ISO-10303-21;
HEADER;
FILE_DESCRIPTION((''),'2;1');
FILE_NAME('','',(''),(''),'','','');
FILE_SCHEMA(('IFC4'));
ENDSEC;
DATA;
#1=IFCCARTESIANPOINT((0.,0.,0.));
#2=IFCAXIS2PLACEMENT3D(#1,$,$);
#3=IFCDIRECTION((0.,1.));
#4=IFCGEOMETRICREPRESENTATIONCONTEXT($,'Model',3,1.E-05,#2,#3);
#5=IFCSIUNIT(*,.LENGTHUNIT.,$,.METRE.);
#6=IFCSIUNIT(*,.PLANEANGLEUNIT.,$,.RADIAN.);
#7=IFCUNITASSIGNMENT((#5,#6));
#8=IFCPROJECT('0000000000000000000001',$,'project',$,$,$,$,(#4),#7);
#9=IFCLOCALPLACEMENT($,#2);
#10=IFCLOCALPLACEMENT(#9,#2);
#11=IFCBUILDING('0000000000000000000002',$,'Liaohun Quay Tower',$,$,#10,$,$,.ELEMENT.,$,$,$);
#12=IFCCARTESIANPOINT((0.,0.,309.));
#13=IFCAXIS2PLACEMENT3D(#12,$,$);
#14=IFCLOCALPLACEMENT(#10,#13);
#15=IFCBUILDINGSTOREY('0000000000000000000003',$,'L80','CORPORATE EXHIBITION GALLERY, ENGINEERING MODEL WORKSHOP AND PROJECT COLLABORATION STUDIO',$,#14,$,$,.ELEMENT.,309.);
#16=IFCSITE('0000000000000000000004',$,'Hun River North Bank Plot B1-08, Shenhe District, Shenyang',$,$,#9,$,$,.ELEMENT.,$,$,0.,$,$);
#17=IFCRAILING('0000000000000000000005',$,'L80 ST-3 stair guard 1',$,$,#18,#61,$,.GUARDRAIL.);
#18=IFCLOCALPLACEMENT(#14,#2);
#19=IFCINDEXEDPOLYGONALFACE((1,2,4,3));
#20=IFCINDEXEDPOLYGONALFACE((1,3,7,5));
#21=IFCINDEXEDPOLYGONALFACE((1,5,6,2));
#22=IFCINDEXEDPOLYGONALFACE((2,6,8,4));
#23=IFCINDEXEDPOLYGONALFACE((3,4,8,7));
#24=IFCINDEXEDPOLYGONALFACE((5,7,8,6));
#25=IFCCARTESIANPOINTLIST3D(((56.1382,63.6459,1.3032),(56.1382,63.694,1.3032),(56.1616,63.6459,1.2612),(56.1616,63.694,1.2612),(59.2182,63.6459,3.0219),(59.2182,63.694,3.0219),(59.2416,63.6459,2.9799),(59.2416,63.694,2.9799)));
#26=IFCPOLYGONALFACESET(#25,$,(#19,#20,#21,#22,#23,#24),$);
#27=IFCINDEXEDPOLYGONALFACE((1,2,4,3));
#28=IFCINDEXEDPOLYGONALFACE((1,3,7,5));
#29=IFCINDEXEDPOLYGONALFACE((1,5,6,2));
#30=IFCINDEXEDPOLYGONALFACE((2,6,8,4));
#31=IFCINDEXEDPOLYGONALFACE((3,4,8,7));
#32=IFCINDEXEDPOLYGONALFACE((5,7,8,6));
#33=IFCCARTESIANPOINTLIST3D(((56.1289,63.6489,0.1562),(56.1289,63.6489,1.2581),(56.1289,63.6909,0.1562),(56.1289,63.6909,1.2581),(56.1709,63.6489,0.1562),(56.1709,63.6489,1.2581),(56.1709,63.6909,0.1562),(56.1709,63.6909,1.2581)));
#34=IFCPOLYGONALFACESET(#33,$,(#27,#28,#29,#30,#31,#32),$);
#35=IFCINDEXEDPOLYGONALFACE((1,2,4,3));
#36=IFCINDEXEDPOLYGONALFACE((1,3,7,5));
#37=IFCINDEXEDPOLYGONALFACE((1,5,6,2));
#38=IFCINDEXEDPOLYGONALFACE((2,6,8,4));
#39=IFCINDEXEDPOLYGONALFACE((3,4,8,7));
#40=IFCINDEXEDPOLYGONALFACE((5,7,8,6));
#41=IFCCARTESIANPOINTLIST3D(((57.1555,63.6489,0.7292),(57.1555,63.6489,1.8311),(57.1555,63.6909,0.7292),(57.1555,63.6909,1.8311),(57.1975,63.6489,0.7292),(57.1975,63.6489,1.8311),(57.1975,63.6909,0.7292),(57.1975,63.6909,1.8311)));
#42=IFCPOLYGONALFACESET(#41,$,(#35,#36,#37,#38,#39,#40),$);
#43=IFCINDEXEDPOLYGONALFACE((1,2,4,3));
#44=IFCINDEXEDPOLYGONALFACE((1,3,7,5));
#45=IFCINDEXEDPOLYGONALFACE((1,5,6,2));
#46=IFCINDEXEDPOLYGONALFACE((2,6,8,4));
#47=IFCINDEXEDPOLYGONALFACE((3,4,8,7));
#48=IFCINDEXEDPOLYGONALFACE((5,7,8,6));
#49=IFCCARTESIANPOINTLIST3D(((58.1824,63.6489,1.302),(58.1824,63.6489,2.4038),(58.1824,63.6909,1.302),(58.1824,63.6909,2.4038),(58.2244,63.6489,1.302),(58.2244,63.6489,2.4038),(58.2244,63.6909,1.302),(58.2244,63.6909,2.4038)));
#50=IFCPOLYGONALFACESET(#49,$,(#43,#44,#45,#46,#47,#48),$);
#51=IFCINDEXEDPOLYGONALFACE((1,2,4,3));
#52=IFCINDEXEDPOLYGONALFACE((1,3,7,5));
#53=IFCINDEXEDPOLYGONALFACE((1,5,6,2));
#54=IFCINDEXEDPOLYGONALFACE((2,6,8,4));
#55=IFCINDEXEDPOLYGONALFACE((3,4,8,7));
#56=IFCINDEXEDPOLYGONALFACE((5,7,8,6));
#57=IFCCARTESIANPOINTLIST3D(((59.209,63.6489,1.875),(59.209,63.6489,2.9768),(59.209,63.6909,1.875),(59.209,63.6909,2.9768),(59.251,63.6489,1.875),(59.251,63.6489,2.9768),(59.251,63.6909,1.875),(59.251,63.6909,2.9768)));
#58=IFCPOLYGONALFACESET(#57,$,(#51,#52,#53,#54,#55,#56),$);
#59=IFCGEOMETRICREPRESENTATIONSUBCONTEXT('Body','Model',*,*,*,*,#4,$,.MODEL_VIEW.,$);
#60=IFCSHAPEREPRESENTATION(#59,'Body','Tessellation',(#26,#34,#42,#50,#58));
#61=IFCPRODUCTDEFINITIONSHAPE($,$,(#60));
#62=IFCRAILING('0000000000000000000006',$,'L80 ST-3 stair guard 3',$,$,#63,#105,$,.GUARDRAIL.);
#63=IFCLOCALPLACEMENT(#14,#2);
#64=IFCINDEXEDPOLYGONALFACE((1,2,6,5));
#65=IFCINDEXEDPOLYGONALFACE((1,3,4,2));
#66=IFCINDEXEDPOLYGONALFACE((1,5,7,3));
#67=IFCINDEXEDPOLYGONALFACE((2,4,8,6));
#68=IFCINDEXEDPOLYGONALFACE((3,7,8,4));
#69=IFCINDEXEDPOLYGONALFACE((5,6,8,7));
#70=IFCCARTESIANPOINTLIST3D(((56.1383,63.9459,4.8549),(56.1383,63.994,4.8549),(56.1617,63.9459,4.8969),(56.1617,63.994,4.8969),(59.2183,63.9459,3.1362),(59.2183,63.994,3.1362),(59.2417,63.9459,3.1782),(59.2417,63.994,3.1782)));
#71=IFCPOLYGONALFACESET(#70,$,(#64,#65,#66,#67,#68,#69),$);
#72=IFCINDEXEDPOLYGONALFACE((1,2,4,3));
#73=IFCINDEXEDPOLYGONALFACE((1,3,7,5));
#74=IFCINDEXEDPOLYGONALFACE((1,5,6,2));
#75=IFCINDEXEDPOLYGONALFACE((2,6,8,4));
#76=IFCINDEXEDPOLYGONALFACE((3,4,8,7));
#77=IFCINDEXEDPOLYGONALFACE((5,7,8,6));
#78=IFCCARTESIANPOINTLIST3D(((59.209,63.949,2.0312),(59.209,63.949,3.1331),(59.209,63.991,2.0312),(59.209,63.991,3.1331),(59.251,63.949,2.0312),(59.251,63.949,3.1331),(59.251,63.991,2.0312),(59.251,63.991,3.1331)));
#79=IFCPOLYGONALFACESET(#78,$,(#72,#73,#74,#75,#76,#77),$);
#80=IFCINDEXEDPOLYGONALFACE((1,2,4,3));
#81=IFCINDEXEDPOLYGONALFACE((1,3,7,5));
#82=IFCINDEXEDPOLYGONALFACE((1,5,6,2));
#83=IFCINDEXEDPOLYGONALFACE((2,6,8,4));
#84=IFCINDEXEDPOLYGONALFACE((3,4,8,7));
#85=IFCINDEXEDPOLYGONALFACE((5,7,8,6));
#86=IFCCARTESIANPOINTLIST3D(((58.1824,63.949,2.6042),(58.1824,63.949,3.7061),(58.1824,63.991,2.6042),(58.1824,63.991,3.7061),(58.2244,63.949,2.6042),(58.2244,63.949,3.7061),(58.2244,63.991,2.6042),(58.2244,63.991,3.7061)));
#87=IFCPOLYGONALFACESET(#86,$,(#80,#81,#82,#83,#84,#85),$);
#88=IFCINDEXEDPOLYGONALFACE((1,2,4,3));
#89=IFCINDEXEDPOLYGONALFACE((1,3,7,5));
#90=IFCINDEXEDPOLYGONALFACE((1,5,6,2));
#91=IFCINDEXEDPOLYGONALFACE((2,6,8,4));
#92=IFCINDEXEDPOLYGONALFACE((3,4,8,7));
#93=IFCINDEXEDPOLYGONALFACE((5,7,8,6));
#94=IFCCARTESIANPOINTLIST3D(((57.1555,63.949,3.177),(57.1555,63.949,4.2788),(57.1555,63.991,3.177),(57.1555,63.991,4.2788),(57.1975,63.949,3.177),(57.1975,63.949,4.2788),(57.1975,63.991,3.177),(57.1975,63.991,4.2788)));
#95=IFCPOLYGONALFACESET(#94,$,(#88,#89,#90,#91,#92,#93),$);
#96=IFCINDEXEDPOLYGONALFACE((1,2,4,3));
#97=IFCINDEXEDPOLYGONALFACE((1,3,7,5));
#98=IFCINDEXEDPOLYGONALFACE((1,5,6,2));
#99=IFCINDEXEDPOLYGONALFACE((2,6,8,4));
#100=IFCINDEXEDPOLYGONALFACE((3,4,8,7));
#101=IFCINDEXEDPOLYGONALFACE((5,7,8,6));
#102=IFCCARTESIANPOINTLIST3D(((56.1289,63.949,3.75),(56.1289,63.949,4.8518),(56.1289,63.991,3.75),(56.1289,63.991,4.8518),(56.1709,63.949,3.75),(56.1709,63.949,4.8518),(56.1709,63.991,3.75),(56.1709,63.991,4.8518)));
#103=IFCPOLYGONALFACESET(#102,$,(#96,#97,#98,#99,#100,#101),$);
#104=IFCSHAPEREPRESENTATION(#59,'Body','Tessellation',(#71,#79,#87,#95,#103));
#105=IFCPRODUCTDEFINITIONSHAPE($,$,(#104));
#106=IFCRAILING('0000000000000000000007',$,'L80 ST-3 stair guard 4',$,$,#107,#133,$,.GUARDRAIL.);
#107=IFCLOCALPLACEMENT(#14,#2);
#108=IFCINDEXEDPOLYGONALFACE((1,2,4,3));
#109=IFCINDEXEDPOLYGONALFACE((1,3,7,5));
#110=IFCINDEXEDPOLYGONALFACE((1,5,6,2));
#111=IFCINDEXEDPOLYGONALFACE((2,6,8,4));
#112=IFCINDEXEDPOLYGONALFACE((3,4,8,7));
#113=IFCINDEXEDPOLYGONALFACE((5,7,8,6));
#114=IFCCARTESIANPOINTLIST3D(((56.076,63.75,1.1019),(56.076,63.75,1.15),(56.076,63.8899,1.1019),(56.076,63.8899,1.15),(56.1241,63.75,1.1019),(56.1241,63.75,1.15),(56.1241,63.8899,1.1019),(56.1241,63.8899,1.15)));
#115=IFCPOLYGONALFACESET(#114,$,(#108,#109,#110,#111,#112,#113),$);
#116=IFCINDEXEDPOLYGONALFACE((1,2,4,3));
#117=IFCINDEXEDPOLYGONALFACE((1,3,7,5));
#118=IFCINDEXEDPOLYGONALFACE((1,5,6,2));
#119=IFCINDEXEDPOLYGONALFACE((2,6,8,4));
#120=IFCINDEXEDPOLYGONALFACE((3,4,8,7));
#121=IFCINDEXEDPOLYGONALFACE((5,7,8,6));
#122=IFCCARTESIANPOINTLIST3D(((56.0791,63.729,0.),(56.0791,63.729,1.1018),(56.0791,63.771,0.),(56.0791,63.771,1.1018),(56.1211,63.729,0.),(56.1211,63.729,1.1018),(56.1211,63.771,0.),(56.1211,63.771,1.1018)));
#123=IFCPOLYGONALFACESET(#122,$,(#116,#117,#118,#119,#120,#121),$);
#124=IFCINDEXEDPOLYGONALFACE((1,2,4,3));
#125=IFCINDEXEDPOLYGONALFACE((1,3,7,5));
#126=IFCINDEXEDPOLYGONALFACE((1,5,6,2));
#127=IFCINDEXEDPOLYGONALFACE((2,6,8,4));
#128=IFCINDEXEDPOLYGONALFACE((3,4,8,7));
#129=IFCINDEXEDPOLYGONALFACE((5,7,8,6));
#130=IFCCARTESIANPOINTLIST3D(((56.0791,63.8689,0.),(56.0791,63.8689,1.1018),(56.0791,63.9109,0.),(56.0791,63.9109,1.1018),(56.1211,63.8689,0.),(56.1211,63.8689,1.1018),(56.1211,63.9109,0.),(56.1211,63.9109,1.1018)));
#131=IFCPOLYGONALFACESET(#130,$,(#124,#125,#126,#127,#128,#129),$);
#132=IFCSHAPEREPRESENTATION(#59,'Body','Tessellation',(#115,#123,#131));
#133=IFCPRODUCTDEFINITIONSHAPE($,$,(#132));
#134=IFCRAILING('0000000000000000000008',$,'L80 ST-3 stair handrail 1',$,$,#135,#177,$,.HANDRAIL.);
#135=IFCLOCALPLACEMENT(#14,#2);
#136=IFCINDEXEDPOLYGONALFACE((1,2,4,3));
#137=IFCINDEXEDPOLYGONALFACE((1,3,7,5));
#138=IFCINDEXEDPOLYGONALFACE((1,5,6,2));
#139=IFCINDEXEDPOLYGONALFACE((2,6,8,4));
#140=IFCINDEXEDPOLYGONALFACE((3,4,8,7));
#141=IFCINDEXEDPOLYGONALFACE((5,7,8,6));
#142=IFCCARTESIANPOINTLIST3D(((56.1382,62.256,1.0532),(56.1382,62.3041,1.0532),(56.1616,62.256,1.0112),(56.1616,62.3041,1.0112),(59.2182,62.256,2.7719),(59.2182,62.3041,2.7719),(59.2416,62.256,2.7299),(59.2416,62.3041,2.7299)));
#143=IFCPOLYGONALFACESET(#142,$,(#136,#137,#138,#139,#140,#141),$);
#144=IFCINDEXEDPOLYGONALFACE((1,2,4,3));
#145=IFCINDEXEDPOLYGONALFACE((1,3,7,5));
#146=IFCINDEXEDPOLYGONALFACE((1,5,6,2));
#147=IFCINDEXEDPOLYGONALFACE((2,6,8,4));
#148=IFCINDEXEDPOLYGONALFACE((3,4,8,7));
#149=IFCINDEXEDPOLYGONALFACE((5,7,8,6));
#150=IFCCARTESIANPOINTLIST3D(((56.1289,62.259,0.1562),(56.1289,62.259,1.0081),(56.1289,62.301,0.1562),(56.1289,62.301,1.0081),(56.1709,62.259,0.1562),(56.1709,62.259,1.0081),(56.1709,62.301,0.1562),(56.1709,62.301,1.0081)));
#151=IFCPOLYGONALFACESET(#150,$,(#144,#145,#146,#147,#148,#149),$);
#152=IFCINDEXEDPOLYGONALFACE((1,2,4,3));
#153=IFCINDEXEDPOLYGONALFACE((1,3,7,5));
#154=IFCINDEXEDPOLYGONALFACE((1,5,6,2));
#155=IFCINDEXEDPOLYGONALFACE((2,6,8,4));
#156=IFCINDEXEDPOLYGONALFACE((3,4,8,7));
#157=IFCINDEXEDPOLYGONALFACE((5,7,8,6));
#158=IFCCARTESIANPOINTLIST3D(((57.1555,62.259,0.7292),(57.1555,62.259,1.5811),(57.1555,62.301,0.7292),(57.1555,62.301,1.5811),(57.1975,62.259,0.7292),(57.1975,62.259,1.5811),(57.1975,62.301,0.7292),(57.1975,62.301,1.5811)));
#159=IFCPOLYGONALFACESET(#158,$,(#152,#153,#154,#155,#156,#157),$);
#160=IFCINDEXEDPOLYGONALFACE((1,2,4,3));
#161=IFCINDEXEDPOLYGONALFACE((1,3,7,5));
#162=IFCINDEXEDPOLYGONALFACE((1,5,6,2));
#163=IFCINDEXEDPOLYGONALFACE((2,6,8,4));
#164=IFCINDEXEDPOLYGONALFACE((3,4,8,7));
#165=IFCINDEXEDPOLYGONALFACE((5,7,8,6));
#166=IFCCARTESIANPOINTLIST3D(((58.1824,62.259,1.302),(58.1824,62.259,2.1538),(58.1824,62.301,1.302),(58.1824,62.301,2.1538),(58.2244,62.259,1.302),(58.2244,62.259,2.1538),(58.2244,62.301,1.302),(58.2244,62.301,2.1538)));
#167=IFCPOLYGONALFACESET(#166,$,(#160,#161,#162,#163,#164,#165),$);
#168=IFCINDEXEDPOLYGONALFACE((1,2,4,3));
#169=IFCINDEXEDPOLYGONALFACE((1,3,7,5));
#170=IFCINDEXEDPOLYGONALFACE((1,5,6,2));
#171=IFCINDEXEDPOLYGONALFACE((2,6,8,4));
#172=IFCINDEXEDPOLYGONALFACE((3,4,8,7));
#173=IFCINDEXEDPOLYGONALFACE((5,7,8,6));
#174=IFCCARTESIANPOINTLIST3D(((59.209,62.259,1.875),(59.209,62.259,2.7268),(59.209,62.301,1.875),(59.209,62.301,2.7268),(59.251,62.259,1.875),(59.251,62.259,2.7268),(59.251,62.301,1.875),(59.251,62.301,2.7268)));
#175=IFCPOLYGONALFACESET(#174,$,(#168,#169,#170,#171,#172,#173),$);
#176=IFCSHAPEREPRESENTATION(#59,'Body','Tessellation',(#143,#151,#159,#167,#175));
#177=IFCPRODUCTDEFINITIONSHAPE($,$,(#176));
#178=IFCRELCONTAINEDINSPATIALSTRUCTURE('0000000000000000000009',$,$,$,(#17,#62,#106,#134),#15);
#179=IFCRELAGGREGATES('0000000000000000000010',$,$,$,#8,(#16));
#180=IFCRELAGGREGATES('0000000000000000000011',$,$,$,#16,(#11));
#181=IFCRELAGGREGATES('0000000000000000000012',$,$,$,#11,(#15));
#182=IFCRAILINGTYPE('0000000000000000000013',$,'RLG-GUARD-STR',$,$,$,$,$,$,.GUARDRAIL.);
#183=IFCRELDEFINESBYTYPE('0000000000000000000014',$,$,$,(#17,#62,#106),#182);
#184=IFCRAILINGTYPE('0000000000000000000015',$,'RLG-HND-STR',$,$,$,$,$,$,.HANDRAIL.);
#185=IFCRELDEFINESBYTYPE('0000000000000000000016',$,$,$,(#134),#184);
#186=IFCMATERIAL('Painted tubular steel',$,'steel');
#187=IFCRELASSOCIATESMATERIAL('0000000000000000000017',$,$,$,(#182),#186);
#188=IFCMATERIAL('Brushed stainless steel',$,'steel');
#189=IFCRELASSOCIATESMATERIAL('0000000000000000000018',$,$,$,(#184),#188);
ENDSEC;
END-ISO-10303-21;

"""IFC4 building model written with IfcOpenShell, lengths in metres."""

from ifc_helpers import new_model, si_unit, direction, frame, origin, origin_2d, place, context, subcontext, project, spatial, rectangle, extrude, material, type_object, element, save


model = new_model("IFC4")

# Units and contexts
model_context = context("Model", 3, precision=1e-05, world=origin(), true_north=direction((0.0, 1.0)))
body_context = subcontext(model_context, "Body", "Model", "MODEL_VIEW")
ifc_project = project(units=[si_unit("LENGTHUNIT", "METRE"), si_unit("PLANEANGLEUNIT", "RADIAN")], contexts=[model_context])

# Site, building, storey
site_placement = place(None, origin())
site = spatial("IfcSite", under=ifc_project, at=site_placement, Name="Hun River North Bank Plot B1-08, Shenhe District, Shenyang", CompositionType="ELEMENT", RefElevation=0.0)
building_placement = place(site_placement, origin())
building = spatial("IfcBuilding", under=site, at=building_placement, Name="Liaohun Quay Tower", CompositionType="ELEMENT")
storey_placement = place(building_placement, frame((0.0, 0.0, 309.0)))
storey = spatial("IfcBuildingStorey", under=building, at=storey_placement, Name="L80", Description="CORPORATE EXHIBITION GALLERY, ENGINEERING MODEL WORKSHOP AND PROJECT COLLABORATION STUDIO", CompositionType="ELEMENT", Elevation=309.0)

# Railings
ifc_material_1 = material(Name="Painted tubular steel", Category="steel")
railing_type_1 = type_object("IfcRailingType", Name="RLG-GUARD-STR", PredefinedType="GUARDRAIL", material=ifc_material_1)
railing_1_placement = place(storey_placement, frame((56.1499, 63.6699, 0.1562)))
element("IfcRailing", 1, at=railing_1_placement, inside=storey, type_object=railing_type_1, Name="L80 ST-3 stair guard 1", PredefinedType="GUARDRAIL", context=body_context, shape_type="SweptSolid", body=[
    extrude(rectangle(XDim=0.0481, YDim=0.0481, at=origin_2d()), frame((0.0, 0.0, 1.126), z_axis=(0.873242, 0.0, 0.487288), x_axis=(0.0, 1.0, 0.0)), (0.0, 0.0, 1.0), 3.5271),
    extrude(rectangle(XDim=0.042, YDim=0.042, at=origin_2d()), origin(), (0.0, 0.0, 1.0), 1.1018),
    extrude(rectangle(XDim=0.042, YDim=0.042, at=origin_2d()), frame((1.0266, 0.0, 0.573)), (0.0, 0.0, 1.0), 1.1018),
    extrude(rectangle(XDim=0.042, YDim=0.042, at=origin_2d()), frame((2.0535, 0.0, 1.1458)), (0.0, 0.0, 1.0), 1.1018),
    extrude(rectangle(XDim=0.042, YDim=0.042, at=origin_2d()), frame((3.0801, 0.0, 1.7188)), (0.0, 0.0, 1.0), 1.1018),
])
railing_2_placement = place(storey_placement, frame((59.23, 63.97, 2.0312)))
element("IfcRailing", 2, at=railing_2_placement, inside=storey, type_object=railing_type_1, Name="L80 ST-3 stair guard 3", PredefinedType="GUARDRAIL", context=body_context, shape_type="SweptSolid", body=[
    extrude(rectangle(XDim=0.0481, YDim=0.0481, at=origin_2d()), frame((0.0, 0.0, 1.126), z_axis=(-0.873242, 0.0, 0.487288), x_axis=(0.0, -1.0, 0.0)), (0.0, 0.0, 1.0), 3.5271),
    extrude(rectangle(XDim=0.042, YDim=0.042, at=origin_2d()), origin(), (0.0, 0.0, 1.0), 1.1018),
    extrude(rectangle(XDim=0.042, YDim=0.042, at=origin_2d()), frame((-1.0266, 0.0, 0.573)), (0.0, 0.0, 1.0), 1.1018),
    extrude(rectangle(XDim=0.042, YDim=0.042, at=origin_2d()), frame((-2.0535, 0.0, 1.1458)), (0.0, 0.0, 1.0), 1.1018),
    extrude(rectangle(XDim=0.042, YDim=0.042, at=origin_2d()), frame((-3.0801, 0.0, 1.7188)), (0.0, 0.0, 1.0), 1.1018),
])
railing_3_placement = place(storey_placement, frame((56.1001, 63.75, 0.0)))
element("IfcRailing", 3, at=railing_3_placement, inside=storey, type_object=railing_type_1, Name="L80 ST-3 stair guard 4", PredefinedType="GUARDRAIL", context=body_context, shape_type="SweptSolid", body=[
    extrude(rectangle(XDim=0.0481, YDim=0.0481, at=origin_2d()), frame((0.0, 0.0, 1.126), z_axis=(0.0, 1.0, 0.0), x_axis=(-1.0, 0.0, 0.0)), (0.0, 0.0, 1.0), 0.1399),
    extrude(rectangle(XDim=0.042, YDim=0.042, at=origin_2d()), origin(), (0.0, 0.0, 1.0), 1.1018),
    extrude(rectangle(XDim=0.042, YDim=0.042, at=origin_2d()), frame((0.0, 0.1399, 0.0)), (0.0, 0.0, 1.0), 1.1018),
])
ifc_material_2 = material(Name="Brushed stainless steel", Category="steel")
railing_type_2 = type_object("IfcRailingType", Name="RLG-HND-STR", PredefinedType="HANDRAIL", material=ifc_material_2)
railing_4_placement = place(storey_placement, frame((56.1499, 62.28, 0.1562)))
element("IfcRailing", 4, at=railing_4_placement, inside=storey, type_object=railing_type_2, Name="L80 ST-3 stair handrail 1", PredefinedType="HANDRAIL", context=body_context, shape_type="SweptSolid", body=[
    extrude(rectangle(XDim=0.0481, YDim=0.0481, at=origin_2d()), frame((0.0, 0.0, 0.876), z_axis=(0.873242, 0.0, 0.487288), x_axis=(0.0, 1.0, 0.0)), (0.0, 0.0, 1.0), 3.5271),
    extrude(rectangle(XDim=0.042, YDim=0.042, at=origin_2d()), origin(), (0.0, 0.0, 1.0), 0.8518),
    extrude(rectangle(XDim=0.042, YDim=0.042, at=origin_2d()), frame((1.0266, 0.0, 0.573)), (0.0, 0.0, 1.0), 0.8518),
    extrude(rectangle(XDim=0.042, YDim=0.042, at=origin_2d()), frame((2.0535, 0.0, 1.1458)), (0.0, 0.0, 1.0), 0.8518),
    extrude(rectangle(XDim=0.042, YDim=0.042, at=origin_2d()), frame((3.0801, 0.0, 1.7188)), (0.0, 0.0, 1.0), 0.8518),
])

save(model, "model.ifc")
